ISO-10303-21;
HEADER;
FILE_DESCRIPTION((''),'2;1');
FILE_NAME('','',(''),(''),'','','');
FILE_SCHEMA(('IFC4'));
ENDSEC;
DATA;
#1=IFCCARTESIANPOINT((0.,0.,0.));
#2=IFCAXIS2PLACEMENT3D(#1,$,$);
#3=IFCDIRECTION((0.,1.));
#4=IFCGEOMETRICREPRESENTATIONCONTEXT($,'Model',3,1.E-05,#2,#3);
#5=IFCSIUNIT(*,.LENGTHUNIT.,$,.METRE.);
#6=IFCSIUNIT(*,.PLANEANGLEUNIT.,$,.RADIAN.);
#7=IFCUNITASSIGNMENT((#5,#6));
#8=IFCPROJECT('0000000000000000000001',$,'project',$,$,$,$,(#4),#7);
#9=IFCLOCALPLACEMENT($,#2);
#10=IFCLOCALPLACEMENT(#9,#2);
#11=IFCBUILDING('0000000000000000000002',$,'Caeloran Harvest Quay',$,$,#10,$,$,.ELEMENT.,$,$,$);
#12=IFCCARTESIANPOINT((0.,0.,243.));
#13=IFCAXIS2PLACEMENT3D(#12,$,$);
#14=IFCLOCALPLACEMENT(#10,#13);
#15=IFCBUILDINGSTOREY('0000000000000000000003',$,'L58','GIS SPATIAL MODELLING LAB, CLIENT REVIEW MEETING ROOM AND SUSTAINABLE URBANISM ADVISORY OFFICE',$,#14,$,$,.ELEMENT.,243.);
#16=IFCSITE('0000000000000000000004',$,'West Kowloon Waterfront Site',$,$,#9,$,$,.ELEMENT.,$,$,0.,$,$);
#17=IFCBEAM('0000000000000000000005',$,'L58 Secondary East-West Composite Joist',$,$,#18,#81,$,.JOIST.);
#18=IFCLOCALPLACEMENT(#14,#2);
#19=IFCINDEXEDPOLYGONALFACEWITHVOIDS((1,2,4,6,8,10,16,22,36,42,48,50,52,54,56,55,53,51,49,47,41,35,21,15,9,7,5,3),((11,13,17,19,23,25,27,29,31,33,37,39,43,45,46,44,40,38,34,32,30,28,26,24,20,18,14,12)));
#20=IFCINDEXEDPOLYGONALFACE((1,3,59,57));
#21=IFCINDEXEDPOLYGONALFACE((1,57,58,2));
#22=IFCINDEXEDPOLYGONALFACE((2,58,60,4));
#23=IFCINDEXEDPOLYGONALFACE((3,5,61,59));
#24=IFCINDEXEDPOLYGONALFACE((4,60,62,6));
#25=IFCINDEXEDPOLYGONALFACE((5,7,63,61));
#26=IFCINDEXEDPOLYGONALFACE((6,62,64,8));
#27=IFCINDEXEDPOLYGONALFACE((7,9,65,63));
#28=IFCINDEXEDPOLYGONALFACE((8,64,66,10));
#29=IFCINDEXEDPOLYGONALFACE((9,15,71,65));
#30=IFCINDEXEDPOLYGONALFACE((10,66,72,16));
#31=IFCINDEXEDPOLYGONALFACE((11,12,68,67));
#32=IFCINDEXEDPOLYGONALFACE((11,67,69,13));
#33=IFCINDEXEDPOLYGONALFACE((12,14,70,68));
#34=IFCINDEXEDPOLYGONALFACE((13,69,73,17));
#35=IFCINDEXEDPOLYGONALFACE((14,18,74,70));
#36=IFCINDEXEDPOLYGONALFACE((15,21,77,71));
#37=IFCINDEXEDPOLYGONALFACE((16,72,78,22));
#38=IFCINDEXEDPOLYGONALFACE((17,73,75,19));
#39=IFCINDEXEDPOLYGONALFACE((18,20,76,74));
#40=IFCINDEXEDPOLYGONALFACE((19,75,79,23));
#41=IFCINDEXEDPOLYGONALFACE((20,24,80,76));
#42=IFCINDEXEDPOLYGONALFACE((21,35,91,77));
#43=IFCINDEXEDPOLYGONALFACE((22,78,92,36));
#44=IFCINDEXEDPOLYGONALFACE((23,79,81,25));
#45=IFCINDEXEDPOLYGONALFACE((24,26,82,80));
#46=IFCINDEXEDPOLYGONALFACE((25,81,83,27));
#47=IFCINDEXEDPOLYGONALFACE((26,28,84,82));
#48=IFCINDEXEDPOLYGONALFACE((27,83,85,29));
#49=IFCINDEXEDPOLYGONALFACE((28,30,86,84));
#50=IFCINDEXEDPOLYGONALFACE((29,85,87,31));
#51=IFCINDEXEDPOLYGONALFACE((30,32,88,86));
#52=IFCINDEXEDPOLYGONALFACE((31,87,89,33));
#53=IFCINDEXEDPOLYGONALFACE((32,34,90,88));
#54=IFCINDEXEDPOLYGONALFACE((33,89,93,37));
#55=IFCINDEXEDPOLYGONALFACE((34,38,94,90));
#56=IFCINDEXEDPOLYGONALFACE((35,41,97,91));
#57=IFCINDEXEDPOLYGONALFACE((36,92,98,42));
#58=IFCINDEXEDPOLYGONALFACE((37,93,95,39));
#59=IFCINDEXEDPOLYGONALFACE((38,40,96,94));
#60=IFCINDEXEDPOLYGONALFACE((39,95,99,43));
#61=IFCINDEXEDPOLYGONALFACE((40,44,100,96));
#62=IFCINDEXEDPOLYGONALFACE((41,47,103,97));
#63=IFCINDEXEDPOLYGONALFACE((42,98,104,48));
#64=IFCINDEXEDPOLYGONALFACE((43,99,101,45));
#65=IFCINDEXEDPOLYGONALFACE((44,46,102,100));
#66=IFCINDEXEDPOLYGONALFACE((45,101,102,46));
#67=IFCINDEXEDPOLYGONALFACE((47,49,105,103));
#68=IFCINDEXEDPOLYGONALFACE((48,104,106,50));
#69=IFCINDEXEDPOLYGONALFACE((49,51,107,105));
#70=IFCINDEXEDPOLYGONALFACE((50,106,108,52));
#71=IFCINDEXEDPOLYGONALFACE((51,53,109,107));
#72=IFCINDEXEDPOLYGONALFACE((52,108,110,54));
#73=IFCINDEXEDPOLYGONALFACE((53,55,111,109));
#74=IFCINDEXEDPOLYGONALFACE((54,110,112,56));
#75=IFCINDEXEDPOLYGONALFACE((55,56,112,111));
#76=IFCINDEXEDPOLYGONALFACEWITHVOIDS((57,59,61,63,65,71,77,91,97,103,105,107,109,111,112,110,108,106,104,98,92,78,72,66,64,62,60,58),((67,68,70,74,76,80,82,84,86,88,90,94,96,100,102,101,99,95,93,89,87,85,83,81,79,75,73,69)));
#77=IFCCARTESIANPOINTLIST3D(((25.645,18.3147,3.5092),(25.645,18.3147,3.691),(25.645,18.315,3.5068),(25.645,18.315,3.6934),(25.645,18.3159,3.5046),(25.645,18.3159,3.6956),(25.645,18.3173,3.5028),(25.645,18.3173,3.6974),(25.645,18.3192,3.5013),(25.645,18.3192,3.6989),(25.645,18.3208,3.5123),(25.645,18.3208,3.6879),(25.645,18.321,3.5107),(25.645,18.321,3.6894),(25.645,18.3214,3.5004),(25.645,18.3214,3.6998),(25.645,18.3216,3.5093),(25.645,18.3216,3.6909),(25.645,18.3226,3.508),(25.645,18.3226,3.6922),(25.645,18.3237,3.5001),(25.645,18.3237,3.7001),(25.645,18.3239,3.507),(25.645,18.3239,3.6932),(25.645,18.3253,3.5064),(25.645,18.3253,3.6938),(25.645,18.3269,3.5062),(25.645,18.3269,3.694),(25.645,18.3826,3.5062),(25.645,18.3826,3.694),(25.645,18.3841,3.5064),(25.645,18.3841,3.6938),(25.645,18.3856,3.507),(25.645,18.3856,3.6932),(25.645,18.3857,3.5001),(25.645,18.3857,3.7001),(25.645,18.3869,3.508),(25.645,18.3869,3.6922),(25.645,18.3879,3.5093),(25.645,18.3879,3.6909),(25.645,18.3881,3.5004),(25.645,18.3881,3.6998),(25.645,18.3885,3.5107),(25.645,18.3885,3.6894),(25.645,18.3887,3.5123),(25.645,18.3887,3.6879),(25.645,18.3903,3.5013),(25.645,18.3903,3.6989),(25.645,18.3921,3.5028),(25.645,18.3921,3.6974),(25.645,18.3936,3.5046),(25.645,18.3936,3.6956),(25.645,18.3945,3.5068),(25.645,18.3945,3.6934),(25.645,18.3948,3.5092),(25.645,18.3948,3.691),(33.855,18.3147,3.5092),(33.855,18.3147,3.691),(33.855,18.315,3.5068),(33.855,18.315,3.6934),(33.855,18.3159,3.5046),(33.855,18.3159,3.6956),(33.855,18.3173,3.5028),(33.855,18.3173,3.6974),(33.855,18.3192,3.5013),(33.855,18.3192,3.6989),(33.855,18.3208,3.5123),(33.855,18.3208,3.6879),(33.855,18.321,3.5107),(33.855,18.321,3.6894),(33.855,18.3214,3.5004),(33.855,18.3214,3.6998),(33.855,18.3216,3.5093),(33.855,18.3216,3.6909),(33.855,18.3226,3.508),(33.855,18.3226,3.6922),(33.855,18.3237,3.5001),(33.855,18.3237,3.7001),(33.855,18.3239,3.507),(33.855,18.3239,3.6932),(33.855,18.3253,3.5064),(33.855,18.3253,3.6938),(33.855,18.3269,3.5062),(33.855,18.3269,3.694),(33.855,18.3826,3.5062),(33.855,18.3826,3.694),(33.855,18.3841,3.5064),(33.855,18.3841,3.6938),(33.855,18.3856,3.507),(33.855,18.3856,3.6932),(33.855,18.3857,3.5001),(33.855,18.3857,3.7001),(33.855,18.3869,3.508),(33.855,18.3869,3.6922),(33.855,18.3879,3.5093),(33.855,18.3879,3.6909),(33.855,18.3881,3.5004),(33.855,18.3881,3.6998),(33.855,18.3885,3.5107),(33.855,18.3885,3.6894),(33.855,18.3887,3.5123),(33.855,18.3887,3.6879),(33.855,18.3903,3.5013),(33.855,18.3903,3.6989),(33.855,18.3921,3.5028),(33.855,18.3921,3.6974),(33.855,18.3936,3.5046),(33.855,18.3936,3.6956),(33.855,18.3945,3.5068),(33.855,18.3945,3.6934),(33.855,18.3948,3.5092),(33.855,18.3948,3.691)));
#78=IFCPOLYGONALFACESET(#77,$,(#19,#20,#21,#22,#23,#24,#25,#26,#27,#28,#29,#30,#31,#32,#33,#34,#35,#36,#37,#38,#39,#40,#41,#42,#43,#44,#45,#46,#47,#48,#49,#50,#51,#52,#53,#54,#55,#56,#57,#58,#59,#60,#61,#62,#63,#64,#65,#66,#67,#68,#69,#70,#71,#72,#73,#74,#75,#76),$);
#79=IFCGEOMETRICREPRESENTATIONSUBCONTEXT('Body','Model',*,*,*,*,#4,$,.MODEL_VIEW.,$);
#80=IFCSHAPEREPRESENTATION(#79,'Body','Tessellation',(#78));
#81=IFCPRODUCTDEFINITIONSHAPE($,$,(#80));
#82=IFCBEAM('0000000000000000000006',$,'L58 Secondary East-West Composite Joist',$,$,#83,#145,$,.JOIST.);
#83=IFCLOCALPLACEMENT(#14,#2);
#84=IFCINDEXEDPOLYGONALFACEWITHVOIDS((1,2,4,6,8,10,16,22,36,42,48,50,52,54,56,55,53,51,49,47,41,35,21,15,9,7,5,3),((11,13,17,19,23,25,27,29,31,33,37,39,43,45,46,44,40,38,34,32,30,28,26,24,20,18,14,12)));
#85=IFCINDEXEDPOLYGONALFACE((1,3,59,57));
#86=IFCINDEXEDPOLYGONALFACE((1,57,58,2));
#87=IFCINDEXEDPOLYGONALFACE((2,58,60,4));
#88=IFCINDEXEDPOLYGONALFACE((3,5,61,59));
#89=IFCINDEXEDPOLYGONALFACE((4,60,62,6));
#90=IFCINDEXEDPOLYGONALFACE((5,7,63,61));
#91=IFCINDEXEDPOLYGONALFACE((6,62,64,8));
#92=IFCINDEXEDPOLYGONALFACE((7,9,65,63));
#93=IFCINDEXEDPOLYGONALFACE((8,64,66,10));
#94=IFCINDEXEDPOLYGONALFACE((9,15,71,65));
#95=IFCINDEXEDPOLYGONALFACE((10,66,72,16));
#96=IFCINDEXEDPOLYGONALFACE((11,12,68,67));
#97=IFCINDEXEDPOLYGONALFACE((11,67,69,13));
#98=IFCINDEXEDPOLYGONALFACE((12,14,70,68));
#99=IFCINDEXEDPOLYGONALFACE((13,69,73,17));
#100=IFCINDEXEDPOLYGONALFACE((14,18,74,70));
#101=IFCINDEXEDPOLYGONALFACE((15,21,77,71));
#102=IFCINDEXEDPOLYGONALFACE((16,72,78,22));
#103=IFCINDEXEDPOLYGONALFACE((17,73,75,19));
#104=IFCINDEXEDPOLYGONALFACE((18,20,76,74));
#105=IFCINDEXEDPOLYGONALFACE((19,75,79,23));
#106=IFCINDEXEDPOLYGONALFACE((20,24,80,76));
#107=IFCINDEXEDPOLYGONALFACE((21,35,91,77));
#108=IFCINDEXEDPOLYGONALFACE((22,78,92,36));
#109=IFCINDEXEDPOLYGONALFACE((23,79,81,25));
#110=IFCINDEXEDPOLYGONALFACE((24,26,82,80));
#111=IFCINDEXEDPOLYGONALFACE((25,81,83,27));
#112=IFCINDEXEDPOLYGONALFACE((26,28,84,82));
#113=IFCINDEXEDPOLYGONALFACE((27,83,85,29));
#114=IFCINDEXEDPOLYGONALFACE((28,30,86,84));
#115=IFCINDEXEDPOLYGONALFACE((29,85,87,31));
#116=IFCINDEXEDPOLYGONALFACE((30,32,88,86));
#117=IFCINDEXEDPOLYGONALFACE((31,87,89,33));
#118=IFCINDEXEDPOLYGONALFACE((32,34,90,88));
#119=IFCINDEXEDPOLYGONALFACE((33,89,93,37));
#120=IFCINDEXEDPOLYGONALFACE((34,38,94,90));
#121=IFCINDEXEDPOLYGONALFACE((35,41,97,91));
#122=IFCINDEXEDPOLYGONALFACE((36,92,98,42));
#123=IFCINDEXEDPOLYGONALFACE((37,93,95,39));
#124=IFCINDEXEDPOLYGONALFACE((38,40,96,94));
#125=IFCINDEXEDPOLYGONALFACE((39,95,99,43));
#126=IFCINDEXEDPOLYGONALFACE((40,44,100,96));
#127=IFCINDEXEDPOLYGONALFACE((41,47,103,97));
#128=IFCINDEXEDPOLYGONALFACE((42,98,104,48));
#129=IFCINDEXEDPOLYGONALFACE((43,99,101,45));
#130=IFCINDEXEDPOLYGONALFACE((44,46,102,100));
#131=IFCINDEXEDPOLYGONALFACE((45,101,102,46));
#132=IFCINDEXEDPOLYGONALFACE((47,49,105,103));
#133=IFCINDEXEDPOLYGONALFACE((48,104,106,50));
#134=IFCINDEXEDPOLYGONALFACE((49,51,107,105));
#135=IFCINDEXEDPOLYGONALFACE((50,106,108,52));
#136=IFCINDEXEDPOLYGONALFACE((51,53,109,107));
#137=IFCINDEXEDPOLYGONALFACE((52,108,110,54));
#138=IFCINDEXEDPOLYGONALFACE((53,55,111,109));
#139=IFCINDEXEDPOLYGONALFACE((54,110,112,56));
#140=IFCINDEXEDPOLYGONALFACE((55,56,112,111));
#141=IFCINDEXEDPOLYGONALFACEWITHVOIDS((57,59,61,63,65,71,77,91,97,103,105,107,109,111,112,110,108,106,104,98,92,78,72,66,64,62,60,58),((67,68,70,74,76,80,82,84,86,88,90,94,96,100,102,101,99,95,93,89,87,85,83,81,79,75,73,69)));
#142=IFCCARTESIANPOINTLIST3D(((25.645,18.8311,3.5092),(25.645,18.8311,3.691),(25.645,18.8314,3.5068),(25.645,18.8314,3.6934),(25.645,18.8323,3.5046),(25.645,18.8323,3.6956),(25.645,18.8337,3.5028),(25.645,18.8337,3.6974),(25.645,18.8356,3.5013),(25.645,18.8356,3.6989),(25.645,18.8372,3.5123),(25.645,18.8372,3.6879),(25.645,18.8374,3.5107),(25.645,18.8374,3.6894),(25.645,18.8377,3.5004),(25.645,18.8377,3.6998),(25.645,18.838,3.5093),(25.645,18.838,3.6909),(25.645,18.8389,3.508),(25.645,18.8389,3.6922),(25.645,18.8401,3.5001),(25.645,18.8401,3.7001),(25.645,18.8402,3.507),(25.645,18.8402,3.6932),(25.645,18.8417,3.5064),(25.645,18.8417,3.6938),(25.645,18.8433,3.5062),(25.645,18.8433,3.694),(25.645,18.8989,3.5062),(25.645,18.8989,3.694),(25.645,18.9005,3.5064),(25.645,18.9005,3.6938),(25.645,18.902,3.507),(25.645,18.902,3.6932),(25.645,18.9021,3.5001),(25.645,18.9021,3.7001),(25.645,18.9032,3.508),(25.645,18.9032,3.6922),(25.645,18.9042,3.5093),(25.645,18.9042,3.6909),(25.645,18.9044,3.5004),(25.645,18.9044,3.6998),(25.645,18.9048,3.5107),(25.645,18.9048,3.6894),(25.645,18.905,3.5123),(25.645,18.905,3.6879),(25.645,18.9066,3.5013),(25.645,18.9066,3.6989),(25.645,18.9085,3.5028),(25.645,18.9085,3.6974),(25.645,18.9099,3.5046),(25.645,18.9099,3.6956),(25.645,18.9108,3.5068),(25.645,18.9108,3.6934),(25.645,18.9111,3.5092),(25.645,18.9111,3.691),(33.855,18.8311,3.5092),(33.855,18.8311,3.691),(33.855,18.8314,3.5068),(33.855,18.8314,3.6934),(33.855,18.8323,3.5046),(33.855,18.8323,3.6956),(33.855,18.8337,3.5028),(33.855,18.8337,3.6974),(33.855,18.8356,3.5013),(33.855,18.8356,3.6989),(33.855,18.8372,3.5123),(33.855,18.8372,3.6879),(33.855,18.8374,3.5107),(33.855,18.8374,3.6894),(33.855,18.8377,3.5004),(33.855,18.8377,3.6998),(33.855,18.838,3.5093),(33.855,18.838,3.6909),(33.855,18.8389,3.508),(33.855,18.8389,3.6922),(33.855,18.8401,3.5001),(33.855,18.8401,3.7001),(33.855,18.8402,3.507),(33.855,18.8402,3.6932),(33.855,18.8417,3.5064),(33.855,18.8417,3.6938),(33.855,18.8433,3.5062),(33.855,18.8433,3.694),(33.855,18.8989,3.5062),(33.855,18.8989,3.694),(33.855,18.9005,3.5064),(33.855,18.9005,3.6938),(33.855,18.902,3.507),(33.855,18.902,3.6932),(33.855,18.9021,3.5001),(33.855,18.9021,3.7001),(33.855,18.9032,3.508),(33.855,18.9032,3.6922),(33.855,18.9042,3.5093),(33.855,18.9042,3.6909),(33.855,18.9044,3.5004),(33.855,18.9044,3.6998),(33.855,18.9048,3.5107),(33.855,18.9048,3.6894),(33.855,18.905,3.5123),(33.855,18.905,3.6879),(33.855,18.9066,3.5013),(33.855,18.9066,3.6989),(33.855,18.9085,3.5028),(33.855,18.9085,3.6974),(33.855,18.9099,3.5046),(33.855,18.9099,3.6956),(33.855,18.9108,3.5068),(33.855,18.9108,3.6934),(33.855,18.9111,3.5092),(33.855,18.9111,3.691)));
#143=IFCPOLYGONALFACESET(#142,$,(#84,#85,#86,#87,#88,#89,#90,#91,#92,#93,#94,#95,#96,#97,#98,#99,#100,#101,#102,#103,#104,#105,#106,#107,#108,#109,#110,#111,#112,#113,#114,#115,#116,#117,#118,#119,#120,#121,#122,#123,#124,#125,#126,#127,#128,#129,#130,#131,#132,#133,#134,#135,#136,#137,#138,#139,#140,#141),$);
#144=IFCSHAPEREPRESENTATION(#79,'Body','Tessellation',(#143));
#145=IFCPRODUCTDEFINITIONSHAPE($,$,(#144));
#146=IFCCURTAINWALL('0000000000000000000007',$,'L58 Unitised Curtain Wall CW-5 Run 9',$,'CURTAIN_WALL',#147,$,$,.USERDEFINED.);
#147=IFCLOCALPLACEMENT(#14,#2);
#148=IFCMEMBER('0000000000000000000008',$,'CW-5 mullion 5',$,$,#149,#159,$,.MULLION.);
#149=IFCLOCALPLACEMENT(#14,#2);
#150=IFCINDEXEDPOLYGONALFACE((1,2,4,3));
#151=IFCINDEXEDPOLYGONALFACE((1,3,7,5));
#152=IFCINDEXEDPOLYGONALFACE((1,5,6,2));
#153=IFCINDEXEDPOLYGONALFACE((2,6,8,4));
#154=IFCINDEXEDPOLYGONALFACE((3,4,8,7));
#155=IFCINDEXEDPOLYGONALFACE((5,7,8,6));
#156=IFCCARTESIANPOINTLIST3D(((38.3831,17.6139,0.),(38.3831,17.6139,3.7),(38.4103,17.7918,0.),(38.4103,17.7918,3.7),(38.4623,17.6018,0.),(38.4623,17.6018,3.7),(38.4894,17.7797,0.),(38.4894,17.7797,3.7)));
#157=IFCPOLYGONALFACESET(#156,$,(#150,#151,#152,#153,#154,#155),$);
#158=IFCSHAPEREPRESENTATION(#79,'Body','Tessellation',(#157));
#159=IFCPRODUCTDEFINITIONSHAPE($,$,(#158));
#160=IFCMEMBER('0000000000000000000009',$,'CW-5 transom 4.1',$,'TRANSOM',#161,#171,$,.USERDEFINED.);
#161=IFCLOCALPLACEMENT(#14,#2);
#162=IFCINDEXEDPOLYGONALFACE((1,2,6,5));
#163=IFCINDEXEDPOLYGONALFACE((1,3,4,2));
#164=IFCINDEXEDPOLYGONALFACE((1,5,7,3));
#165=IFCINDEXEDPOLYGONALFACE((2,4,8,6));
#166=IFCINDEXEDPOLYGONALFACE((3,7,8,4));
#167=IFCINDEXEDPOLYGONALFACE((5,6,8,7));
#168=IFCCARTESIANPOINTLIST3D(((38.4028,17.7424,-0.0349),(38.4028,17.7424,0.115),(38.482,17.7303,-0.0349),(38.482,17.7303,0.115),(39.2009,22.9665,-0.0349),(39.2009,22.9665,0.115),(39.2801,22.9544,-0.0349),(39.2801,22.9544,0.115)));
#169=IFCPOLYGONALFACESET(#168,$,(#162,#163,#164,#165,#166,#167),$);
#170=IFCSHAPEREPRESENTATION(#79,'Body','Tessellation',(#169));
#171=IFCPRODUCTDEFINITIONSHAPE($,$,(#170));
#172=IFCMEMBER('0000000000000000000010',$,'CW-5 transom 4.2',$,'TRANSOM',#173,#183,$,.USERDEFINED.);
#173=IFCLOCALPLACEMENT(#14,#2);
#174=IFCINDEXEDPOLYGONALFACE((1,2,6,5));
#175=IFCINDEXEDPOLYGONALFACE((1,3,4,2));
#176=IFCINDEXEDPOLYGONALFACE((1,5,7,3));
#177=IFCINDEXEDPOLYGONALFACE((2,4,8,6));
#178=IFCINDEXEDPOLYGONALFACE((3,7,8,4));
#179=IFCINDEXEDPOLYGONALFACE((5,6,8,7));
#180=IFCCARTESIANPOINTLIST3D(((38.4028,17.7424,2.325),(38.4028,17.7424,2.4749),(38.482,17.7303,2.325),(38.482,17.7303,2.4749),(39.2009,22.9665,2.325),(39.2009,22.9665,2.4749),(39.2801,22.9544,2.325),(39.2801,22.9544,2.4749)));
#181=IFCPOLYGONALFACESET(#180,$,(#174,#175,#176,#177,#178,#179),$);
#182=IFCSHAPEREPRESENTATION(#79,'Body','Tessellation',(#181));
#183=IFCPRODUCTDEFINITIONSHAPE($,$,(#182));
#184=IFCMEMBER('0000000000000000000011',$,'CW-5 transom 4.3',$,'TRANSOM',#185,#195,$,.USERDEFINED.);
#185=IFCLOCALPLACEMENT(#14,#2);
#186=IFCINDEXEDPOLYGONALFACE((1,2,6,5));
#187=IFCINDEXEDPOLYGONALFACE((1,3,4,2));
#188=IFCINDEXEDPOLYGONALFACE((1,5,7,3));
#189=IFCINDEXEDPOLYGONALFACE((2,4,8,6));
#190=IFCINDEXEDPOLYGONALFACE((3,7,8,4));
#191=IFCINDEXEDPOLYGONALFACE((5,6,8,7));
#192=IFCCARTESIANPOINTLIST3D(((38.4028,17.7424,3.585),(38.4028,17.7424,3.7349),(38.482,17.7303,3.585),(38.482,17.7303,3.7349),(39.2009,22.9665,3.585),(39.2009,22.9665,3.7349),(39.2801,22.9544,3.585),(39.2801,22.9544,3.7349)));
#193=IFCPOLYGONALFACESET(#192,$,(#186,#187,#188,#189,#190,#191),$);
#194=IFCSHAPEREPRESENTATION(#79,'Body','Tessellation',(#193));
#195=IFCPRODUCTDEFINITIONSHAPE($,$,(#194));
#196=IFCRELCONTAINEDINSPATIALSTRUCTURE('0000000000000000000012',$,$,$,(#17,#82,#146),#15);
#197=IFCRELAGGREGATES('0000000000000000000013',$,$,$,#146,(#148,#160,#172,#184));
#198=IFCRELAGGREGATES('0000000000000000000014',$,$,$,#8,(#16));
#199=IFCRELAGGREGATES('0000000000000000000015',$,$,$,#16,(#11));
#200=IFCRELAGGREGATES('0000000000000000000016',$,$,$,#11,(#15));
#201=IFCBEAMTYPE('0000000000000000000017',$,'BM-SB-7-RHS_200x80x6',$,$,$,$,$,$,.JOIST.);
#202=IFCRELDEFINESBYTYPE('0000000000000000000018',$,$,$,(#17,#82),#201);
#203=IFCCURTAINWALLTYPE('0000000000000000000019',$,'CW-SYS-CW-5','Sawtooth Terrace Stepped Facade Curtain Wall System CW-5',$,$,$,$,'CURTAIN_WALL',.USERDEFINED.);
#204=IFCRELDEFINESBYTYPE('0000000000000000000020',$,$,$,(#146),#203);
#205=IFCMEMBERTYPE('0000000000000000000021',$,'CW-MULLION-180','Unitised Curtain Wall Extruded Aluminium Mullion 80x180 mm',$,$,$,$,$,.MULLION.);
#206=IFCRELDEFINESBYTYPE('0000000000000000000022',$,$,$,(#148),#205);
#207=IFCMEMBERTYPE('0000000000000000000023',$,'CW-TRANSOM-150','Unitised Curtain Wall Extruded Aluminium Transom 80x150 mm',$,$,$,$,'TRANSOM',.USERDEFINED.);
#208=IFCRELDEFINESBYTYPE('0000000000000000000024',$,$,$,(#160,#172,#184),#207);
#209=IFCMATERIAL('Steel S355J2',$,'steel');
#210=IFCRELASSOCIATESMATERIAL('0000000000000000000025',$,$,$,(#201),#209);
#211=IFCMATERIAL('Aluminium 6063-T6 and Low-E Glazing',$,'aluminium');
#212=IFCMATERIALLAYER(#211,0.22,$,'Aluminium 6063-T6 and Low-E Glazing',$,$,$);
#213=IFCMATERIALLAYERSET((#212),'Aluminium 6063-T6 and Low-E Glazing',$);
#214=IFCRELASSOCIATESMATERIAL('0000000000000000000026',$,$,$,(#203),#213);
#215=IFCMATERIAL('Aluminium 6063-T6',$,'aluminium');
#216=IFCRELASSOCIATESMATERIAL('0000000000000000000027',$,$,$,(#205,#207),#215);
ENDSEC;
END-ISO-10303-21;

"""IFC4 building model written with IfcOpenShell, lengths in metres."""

from ifc_helpers import new_model, si_unit, direction, frame, origin, origin_2d, place, context, subcontext, project, spatial, rectangle, hollow_rectangle, extrude, material, layer, layer_set, material_profile, profile_set, type_object, element, aggregate, save


model = new_model("IFC4")

# Units and contexts
model_context = context("Model", 3, precision=1e-05, world=origin(), true_north=direction((0.0, 1.0)))
body_context = subcontext(model_context, "Body", "Model", "MODEL_VIEW")
ifc_project = project(units=[si_unit("LENGTHUNIT", "METRE"), si_unit("PLANEANGLEUNIT", "RADIAN")], contexts=[model_context])

# Site, building, storey
site_placement = place(None, origin())
site = spatial("IfcSite", under=ifc_project, at=site_placement, Name="West Kowloon Waterfront Site", CompositionType="ELEMENT", RefElevation=0.0)
building_placement = place(site_placement, origin())
building = spatial("IfcBuilding", under=site, at=building_placement, Name="Caeloran Harvest Quay", CompositionType="ELEMENT")
storey_placement = place(building_placement, frame((0.0, 0.0, 243.0)))
storey = spatial("IfcBuildingStorey", under=building, at=storey_placement, Name="L58", Description="GIS SPATIAL MODELLING LAB, CLIENT REVIEW MEETING ROOM AND SUSTAINABLE URBANISM ADVISORY OFFICE", CompositionType="ELEMENT", Elevation=243.0)

# Beams
ifc_material_1 = material(Name="Steel S355J2", Category="steel")
ifc_material_profile_1 = material_profile(ifc_material_1, hollow_rectangle(XDim=0.0801, YDim=0.2, WallThickness=0.0061, InnerFilletRadius=0.0061, OuterFilletRadius=0.009, at=origin_2d()), Name="RHS 200x80x6")
ifc_profile_set_1 = profile_set([ifc_material_profile_1], Name="Steel S355J2")
beam_type_1 = type_object("IfcBeamType", Name="BM-SB-7-RHS_200x80x6", PredefinedType="JOIST", material=ifc_profile_set_1)
for number, where, z_axis, x_axis, name in (
    (1, (25.645, 18.3547, 3.6001), (1.0, 0.0, 0.0), (0.0, 1.0, 0.0), "L58 Secondary East-West Composite Joist"),
    (2, (25.645, 18.8711, 3.6001), (1.0, 0.0, 0.0), (0.0, 1.0, 0.0), "L58 Secondary East-West Composite Joist"),
):
    element("IfcBeam", number, at=place(storey_placement, frame(where, z_axis=z_axis, x_axis=x_axis)), inside=storey, type_object=beam_type_1, Name=name, PredefinedType="JOIST", context=body_context, shape_type="SweptSolid", body=[
        extrude(hollow_rectangle(XDim=0.0801, YDim=0.2, WallThickness=0.0061, InnerFilletRadius=0.0061, OuterFilletRadius=0.009, at=origin_2d()), origin(), (0.0, 0.0, 1.0), 8.21),
    ])

# Curtain wall, members
ifc_material_2 = material(Name="Aluminium 6063-T6 and Low-E Glazing", Category="aluminium")
ifc_layer_1 = layer(ifc_material_2, 0.22, Name="Aluminium 6063-T6 and Low-E Glazing")
ifc_layer_set_1 = layer_set([ifc_layer_1], Name="Aluminium 6063-T6 and Low-E Glazing")
curtain_wall_type = type_object("IfcCurtainWallType", Name="CW-SYS-CW-5", Description="Sawtooth Terrace Stepped Facade Curtain Wall System CW-5", ElementType="CURTAIN_WALL", PredefinedType="USERDEFINED", material=ifc_layer_set_1)
curtain_wall_placement = place(storey_placement, origin())
curtain_wall = element("IfcCurtainWall", 3, at=curtain_wall_placement, inside=storey, type_object=curtain_wall_type, Name="L58 Unitised Curtain Wall CW-5 Run 9", ObjectType="CURTAIN_WALL", PredefinedType="USERDEFINED")
ifc_material_3 = material(Name="Aluminium 6063-T6", Category="aluminium")
ifc_material_profile_2 = material_profile(ifc_material_3, rectangle(XDim=0.0801, YDim=0.1799, at=origin_2d()), Name="CW-MULLION-180")
ifc_profile_set_2 = profile_set([ifc_material_profile_2], Name="Aluminium 6063-T6")
member_type_1 = type_object("IfcMemberType", Name="CW-MULLION-180", Description="Unitised Curtain Wall Extruded Aluminium Mullion 80x180 mm", PredefinedType="MULLION", material=ifc_profile_set_2)
member_1_placement = place(storey_placement, frame((38.4363, 17.6968, 0.0), z_axis=(0.0, 0.0, 1.0), x_axis=(0.98853, -0.151028, 0.0)))
member_1 = element("IfcMember", 4, at=member_1_placement, type_object=member_type_1, Name="CW-5 mullion 5", PredefinedType="MULLION", context=body_context, shape_type="SweptSolid", body=[
    extrude(rectangle(XDim=0.0801, YDim=0.1799, at=origin_2d()), origin(), (0.0, 0.0, 1.0), 3.7),
])
ifc_material_profile_3 = material_profile(ifc_material_3, rectangle(XDim=0.0801, YDim=0.1499, at=origin_2d()), Name="CW-TRANSOM-150")
ifc_profile_set_3 = profile_set([ifc_material_profile_3], Name="Aluminium 6063-T6")
member_type_2 = type_object("IfcMemberType", Name="CW-TRANSOM-150", Description="Unitised Curtain Wall Extruded Aluminium Transom 80x150 mm", ElementType="TRANSOM", PredefinedType="USERDEFINED", material=ifc_profile_set_3)
member_2_placement = place(storey_placement, frame((39.2405, 22.9604, 0.04), z_axis=(-0.151019, -0.988531, 0.0), x_axis=(0.988531, -0.151019, 0.0)))
member_2 = element("IfcMember", 5, at=member_2_placement, type_object=member_type_2, Name="CW-5 transom 4.1", ObjectType="TRANSOM", PredefinedType="USERDEFINED", context=body_context, shape_type="SweptSolid", body=[
    extrude(rectangle(XDim=0.0801, YDim=0.1499, at=origin_2d()), origin(), (0.0, 0.0, 1.0), 5.2847),
])
member_3_placement = place(storey_placement, frame((39.2405, 22.9604, 2.3999), z_axis=(-0.151019, -0.988531, 0.0), x_axis=(0.988531, -0.151019, 0.0)))
member_3 = element("IfcMember", 6, at=member_3_placement, type_object=member_type_2, Name="CW-5 transom 4.2", ObjectType="TRANSOM", PredefinedType="USERDEFINED", context=body_context, shape_type="SweptSolid", body=[
    extrude(rectangle(XDim=0.0801, YDim=0.1499, at=origin_2d()), origin(), (0.0, 0.0, 1.0), 5.2847),
])
member_4_placement = place(storey_placement, frame((39.2405, 22.9604, 3.6599), z_axis=(-0.151019, -0.988531, 0.0), x_axis=(0.988531, -0.151019, 0.0)))
member_4 = element("IfcMember", 7, at=member_4_placement, type_object=member_type_2, Name="CW-5 transom 4.3", ObjectType="TRANSOM", PredefinedType="USERDEFINED", context=body_context, shape_type="SweptSolid", body=[
    extrude(rectangle(XDim=0.0801, YDim=0.1499, at=origin_2d()), origin(), (0.0, 0.0, 1.0), 5.2847),
])
aggregate(curtain_wall, [member_1, member_2, member_3, member_4])

save(model, "model.ifc")
